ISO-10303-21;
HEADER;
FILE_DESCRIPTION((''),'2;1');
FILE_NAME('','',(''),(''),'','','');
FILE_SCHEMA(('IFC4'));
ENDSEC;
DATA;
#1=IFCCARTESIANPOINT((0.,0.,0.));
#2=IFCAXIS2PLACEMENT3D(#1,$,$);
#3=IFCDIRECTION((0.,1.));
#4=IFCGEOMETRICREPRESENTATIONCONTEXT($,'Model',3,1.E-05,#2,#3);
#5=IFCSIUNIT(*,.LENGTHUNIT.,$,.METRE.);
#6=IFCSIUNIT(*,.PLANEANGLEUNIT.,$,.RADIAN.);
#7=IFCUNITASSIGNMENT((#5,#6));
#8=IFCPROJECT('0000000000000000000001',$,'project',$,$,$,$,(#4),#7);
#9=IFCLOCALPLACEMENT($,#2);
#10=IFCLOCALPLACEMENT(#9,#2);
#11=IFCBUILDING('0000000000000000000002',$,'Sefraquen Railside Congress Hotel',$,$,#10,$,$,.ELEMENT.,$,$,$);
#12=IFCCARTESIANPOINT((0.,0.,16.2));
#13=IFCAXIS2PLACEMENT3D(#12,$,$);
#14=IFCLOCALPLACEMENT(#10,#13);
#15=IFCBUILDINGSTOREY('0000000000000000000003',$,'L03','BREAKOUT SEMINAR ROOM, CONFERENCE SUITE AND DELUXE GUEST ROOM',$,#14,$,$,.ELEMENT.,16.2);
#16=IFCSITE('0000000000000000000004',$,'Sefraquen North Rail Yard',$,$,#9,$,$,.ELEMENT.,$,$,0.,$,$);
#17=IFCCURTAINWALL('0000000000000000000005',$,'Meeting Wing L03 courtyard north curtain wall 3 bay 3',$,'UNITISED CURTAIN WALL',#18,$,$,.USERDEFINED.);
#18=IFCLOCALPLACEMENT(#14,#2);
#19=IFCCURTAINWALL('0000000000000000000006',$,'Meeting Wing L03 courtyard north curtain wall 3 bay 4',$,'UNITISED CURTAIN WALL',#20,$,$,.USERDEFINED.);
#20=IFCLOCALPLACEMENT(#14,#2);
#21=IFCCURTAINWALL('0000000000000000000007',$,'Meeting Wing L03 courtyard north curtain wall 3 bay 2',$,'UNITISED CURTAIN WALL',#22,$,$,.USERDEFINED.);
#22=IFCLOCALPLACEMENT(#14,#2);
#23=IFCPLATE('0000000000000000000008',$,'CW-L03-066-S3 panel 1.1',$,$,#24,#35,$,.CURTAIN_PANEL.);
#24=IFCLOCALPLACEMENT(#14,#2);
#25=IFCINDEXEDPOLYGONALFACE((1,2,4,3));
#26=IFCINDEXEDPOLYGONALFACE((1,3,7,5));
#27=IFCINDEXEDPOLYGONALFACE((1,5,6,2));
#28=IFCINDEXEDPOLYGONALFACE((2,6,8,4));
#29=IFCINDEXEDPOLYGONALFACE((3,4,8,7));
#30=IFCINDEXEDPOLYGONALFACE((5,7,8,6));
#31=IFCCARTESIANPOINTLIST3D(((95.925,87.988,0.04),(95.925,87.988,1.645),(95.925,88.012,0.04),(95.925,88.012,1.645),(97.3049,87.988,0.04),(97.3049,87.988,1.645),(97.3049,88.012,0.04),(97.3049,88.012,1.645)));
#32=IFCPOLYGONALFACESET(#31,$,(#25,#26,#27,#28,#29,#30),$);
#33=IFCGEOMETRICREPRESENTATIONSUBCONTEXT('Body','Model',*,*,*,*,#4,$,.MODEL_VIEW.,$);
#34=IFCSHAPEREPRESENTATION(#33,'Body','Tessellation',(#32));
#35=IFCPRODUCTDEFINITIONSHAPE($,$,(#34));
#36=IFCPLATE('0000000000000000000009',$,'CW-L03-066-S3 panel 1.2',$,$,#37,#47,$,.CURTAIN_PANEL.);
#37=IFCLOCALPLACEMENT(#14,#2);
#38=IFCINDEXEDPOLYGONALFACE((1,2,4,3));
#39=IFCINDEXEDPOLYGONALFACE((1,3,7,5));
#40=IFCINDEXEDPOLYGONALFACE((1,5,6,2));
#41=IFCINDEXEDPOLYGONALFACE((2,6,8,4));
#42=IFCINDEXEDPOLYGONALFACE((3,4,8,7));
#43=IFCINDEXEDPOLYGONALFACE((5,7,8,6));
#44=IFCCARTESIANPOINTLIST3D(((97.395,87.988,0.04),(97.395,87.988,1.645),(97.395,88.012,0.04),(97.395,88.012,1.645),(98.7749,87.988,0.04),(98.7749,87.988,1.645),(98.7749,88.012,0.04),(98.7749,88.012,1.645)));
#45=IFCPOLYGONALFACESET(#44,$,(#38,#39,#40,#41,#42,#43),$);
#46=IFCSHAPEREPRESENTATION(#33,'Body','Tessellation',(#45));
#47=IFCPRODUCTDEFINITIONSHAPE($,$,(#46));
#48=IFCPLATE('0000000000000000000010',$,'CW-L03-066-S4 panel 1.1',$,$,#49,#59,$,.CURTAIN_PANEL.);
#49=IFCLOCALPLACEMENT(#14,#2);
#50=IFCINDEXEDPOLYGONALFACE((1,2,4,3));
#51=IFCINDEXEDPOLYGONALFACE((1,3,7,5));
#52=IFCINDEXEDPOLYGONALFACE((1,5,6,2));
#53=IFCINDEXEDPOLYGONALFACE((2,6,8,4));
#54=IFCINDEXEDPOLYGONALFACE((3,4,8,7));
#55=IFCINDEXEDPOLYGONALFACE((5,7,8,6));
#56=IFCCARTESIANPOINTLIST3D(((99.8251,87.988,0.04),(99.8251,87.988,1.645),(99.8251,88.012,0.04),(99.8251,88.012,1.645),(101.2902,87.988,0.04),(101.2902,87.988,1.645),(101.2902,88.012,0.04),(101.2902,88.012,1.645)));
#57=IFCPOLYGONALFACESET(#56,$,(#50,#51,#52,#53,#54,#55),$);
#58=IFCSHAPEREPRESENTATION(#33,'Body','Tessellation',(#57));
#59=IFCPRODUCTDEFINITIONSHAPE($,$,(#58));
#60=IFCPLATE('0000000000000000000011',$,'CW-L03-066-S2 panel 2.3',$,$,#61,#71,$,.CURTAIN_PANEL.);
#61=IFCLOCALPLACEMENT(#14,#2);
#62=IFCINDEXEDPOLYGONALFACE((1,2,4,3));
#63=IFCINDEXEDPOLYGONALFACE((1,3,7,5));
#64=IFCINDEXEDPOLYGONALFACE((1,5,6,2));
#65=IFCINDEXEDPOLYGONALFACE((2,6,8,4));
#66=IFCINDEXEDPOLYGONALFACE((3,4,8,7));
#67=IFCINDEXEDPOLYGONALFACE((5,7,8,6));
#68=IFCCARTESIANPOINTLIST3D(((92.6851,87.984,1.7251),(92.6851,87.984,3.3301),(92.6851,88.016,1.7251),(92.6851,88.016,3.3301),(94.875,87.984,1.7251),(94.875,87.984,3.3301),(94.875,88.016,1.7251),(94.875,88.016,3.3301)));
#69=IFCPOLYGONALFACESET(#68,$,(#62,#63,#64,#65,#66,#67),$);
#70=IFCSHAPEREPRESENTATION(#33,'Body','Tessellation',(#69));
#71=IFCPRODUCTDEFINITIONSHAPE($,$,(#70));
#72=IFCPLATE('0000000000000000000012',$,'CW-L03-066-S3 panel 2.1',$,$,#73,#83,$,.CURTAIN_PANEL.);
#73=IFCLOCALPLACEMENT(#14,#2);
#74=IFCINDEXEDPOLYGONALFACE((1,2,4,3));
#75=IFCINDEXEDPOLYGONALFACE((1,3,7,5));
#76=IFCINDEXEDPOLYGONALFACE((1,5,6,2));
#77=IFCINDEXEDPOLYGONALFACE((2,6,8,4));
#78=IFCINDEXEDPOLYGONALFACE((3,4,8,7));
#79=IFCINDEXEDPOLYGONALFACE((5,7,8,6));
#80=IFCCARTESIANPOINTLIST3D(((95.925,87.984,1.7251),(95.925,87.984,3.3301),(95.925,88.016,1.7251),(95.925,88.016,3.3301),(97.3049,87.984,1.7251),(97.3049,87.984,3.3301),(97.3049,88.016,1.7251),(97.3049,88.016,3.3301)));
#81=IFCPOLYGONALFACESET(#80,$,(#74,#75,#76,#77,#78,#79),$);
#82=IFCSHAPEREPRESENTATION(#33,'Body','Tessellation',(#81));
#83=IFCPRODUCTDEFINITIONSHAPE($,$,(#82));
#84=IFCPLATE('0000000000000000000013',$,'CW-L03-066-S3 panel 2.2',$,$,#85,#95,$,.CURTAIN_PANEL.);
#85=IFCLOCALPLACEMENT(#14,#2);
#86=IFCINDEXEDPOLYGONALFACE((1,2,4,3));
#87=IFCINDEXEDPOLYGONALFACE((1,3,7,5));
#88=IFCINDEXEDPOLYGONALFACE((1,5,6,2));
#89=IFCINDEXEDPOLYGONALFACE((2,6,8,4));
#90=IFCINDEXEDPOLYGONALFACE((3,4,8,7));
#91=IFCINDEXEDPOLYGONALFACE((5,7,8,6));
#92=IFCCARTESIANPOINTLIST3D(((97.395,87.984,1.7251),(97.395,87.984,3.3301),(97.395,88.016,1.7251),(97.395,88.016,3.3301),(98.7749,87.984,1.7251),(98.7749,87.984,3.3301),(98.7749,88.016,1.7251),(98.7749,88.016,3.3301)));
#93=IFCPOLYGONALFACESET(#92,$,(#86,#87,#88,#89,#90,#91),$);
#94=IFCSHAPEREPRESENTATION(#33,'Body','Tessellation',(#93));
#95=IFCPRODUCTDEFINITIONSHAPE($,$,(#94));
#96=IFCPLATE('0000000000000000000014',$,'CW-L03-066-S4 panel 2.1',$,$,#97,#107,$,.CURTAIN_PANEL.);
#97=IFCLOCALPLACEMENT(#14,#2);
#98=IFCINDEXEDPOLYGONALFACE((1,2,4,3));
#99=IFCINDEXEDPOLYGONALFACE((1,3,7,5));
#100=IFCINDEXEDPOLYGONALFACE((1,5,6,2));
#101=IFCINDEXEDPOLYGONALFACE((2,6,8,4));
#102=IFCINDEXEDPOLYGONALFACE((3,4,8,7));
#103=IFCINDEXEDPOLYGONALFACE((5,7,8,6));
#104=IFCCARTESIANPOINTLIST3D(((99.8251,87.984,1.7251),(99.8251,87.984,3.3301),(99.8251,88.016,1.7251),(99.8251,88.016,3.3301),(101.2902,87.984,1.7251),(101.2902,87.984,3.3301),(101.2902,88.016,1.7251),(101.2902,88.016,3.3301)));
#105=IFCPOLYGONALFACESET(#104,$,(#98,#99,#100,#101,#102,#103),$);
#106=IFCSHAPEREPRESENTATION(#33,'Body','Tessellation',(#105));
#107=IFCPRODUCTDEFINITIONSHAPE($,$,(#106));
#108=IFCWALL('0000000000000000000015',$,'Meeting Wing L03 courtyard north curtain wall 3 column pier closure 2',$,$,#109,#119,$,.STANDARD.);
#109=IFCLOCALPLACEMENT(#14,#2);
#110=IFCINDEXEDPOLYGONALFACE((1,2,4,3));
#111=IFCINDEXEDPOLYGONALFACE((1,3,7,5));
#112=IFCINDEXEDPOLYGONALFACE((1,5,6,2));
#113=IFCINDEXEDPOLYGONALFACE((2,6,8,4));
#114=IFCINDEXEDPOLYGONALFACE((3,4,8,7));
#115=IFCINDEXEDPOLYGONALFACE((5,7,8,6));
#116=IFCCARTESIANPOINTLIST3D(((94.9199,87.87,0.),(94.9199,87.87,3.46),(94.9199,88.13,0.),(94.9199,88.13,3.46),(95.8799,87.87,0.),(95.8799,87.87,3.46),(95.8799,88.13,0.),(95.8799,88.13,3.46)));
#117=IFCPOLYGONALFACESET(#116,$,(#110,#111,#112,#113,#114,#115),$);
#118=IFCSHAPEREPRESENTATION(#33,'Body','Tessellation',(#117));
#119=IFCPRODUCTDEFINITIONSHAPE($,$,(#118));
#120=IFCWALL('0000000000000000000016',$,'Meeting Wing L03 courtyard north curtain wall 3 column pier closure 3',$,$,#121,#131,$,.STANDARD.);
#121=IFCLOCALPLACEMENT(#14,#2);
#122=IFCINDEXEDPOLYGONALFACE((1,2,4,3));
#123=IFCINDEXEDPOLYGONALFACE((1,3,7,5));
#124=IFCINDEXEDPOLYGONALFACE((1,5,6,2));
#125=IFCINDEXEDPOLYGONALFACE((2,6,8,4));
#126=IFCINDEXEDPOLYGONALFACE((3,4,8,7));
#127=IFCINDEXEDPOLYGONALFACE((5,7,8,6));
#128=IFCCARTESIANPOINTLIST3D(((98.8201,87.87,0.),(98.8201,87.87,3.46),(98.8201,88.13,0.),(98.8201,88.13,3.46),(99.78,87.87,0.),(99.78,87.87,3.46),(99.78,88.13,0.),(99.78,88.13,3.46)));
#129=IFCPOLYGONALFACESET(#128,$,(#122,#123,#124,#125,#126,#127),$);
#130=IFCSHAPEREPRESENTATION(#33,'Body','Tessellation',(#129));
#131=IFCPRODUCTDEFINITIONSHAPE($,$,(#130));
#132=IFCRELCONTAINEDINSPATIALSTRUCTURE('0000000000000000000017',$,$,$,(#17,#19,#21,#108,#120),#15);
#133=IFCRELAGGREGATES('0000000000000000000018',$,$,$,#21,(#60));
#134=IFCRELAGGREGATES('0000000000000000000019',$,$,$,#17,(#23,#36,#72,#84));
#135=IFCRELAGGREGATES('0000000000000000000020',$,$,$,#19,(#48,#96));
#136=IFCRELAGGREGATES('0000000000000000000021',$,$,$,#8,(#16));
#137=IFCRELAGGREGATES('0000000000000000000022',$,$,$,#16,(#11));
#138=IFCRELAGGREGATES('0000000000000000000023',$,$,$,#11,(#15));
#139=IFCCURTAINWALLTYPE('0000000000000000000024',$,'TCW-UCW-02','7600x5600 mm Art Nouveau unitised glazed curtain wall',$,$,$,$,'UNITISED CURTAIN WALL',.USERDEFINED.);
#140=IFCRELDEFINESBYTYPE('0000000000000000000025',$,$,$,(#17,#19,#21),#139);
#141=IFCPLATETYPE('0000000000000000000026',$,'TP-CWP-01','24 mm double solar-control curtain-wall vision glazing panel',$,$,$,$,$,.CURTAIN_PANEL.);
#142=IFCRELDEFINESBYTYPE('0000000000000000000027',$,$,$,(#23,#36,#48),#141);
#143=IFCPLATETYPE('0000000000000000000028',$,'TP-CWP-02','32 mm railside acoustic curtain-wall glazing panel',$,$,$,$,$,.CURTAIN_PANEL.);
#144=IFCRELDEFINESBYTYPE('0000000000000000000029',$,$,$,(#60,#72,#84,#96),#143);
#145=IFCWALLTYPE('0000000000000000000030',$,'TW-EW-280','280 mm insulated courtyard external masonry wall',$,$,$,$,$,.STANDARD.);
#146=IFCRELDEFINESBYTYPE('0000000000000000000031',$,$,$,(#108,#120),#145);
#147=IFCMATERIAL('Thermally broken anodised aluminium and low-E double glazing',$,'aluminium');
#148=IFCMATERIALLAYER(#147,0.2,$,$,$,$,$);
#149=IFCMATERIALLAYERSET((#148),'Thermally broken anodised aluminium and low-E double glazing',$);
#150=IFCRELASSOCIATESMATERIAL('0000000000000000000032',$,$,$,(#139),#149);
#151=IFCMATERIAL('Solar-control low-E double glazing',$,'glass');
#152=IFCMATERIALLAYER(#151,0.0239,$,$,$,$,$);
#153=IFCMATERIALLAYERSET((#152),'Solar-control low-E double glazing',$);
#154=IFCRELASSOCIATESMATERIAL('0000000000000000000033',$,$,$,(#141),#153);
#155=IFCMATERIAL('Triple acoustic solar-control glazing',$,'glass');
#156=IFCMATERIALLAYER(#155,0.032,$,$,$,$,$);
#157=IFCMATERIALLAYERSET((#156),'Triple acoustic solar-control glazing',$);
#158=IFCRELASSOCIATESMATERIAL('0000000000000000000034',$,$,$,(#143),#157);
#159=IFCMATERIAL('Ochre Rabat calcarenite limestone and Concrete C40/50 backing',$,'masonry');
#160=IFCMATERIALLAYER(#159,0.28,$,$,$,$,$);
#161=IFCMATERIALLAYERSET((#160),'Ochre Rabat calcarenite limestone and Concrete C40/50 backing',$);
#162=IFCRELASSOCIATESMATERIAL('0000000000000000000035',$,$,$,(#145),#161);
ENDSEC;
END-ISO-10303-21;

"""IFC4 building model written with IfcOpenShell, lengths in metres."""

from ifc_helpers import new_model, si_unit, direction, frame, frame_2d, origin, origin_2d, place, context, subcontext, project, spatial, rectangle, extrude, material, layer, layer_set, type_object, element, aggregate, save


model = new_model("IFC4")

# Units and contexts
model_context = context("Model", 3, precision=1e-05, world=origin(), true_north=direction((0.0, 1.0)))
body_context = subcontext(model_context, "Body", "Model", "MODEL_VIEW")
ifc_project = project(units=[si_unit("LENGTHUNIT", "METRE"), si_unit("PLANEANGLEUNIT", "RADIAN")], contexts=[model_context])

# Site, building, storey
site_placement = place(None, origin())
site = spatial("IfcSite", under=ifc_project, at=site_placement, Name="Sefraquen North Rail Yard", CompositionType="ELEMENT", RefElevation=0.0)
building_placement = place(site_placement, origin())
building = spatial("IfcBuilding", under=site, at=building_placement, Name="Sefraquen Railside Congress Hotel", CompositionType="ELEMENT")
storey_placement = place(building_placement, frame((0.0, 0.0, 16.2)))
storey = spatial("IfcBuildingStorey", under=building, at=storey_placement, Name="L03", Description="BREAKOUT SEMINAR ROOM, CONFERENCE SUITE AND DELUXE GUEST ROOM", CompositionType="ELEMENT", Elevation=16.2)

# Curtain walls
ifc_material_1 = material(Name="Thermally broken anodised aluminium and low-E double glazing", Category="aluminium")
ifc_layer_1 = layer(ifc_material_1, 0.2)
ifc_layer_set_1 = layer_set([ifc_layer_1], Name="Thermally broken anodised aluminium and low-E double glazing")
curtain_wall_type = type_object("IfcCurtainWallType", Name="TCW-UCW-02", Description="7600x5600 mm Art Nouveau unitised glazed curtain wall", ElementType="UNITISED CURTAIN WALL", PredefinedType="USERDEFINED", material=ifc_layer_set_1)
curtain_wall_1_placement = place(storey_placement, origin())
curtain_wall_1 = element("IfcCurtainWall", 1, at=curtain_wall_1_placement, inside=storey, type_object=curtain_wall_type, Name="Meeting Wing L03 courtyard north curtain wall 3 bay 3", ObjectType="UNITISED CURTAIN WALL", PredefinedType="USERDEFINED")
curtain_wall_2_placement = place(storey_placement, origin())
curtain_wall_2 = element("IfcCurtainWall", 2, at=curtain_wall_2_placement, inside=storey, type_object=curtain_wall_type, Name="Meeting Wing L03 courtyard north curtain wall 3 bay 4", ObjectType="UNITISED CURTAIN WALL", PredefinedType="USERDEFINED")
curtain_wall_3_placement = place(storey_placement, origin())
curtain_wall_3 = element("IfcCurtainWall", 3, at=curtain_wall_3_placement, inside=storey, type_object=curtain_wall_type, Name="Meeting Wing L03 courtyard north curtain wall 3 bay 2", ObjectType="UNITISED CURTAIN WALL", PredefinedType="USERDEFINED")

# Plates
ifc_material_2 = material(Name="Solar-control low-E double glazing", Category="glass")
ifc_layer_2 = layer(ifc_material_2, 0.0239)
ifc_layer_set_2 = layer_set([ifc_layer_2], Name="Solar-control low-E double glazing")
plate_type_1 = type_object("IfcPlateType", Name="TP-CWP-01", Description="24 mm double solar-control curtain-wall vision glazing panel", PredefinedType="CURTAIN_PANEL", material=ifc_layer_set_2)
plate_1_placement = place(storey_placement, frame((96.615, 88.0, 0.04), z_axis=(0.0, 0.0, 1.0), x_axis=(1.0, 0.0, 0.0)))
plate_1 = element("IfcPlate", 4, at=plate_1_placement, type_object=plate_type_1, Name="CW-L03-066-S3 panel 1.1", PredefinedType="CURTAIN_PANEL", context=body_context, shape_type="SweptSolid", body=[
    extrude(rectangle(XDim=1.3799, YDim=0.0239, at=origin_2d()), origin(), (0.0, 0.0, 1.0), 1.605),
])
plate_2_placement = place(storey_placement, frame((98.085, 88.0, 0.04), z_axis=(0.0, 0.0, 1.0), x_axis=(1.0, 0.0, 0.0)))
plate_2 = element("IfcPlate", 5, at=plate_2_placement, type_object=plate_type_1, Name="CW-L03-066-S3 panel 1.2", PredefinedType="CURTAIN_PANEL", context=body_context, shape_type="SweptSolid", body=[
    extrude(rectangle(XDim=1.3799, YDim=0.0239, at=origin_2d()), origin(), (0.0, 0.0, 1.0), 1.605),
])
plate_3_placement = place(storey_placement, frame((100.5576, 88.0, 0.04), z_axis=(0.0, 0.0, 1.0), x_axis=(1.0, 0.0, 0.0)))
plate_3 = element("IfcPlate", 6, at=plate_3_placement, type_object=plate_type_1, Name="CW-L03-066-S4 panel 1.1", PredefinedType="CURTAIN_PANEL", context=body_context, shape_type="SweptSolid", body=[
    extrude(rectangle(XDim=1.4651, YDim=0.0239, at=origin_2d()), origin(), (0.0, 0.0, 1.0), 1.605),
])
ifc_material_3 = material(Name="Triple acoustic solar-control glazing", Category="glass")
ifc_layer_3 = layer(ifc_material_3, 0.032)
ifc_layer_set_3 = layer_set([ifc_layer_3], Name="Triple acoustic solar-control glazing")
plate_type_2 = type_object("IfcPlateType", Name="TP-CWP-02", Description="32 mm railside acoustic curtain-wall glazing panel", PredefinedType="CURTAIN_PANEL", material=ifc_layer_set_3)
plate_4_placement = place(storey_placement, frame((93.78, 88.0, 1.7251), z_axis=(0.0, 0.0, 1.0), x_axis=(1.0, 0.0, 0.0)))
plate_4 = element("IfcPlate", 7, at=plate_4_placement, type_object=plate_type_2, Name="CW-L03-066-S2 panel 2.3", PredefinedType="CURTAIN_PANEL", context=body_context, shape_type="SweptSolid", body=[
    extrude(rectangle(XDim=2.1899, YDim=0.032, at=origin_2d()), origin(), (0.0, 0.0, 1.0), 1.605),
])
aggregate(curtain_wall_3, [plate_4])
plate_5_placement = place(storey_placement, frame((96.615, 88.0, 1.7251), z_axis=(0.0, 0.0, 1.0), x_axis=(1.0, 0.0, 0.0)))
plate_5 = element("IfcPlate", 8, at=plate_5_placement, type_object=plate_type_2, Name="CW-L03-066-S3 panel 2.1", PredefinedType="CURTAIN_PANEL", context=body_context, shape_type="SweptSolid", body=[
    extrude(rectangle(XDim=1.3799, YDim=0.032, at=origin_2d()), origin(), (0.0, 0.0, 1.0), 1.605),
])
plate_6_placement = place(storey_placement, frame((98.085, 88.0, 1.7251), z_axis=(0.0, 0.0, 1.0), x_axis=(1.0, 0.0, 0.0)))
plate_6 = element("IfcPlate", 9, at=plate_6_placement, type_object=plate_type_2, Name="CW-L03-066-S3 panel 2.2", PredefinedType="CURTAIN_PANEL", context=body_context, shape_type="SweptSolid", body=[
    extrude(rectangle(XDim=1.3799, YDim=0.032, at=origin_2d()), origin(), (0.0, 0.0, 1.0), 1.605),
])
aggregate(curtain_wall_1, [plate_1, plate_2, plate_5, plate_6])
plate_7_placement = place(storey_placement, frame((100.5576, 88.0, 1.7251), z_axis=(0.0, 0.0, 1.0), x_axis=(1.0, 0.0, 0.0)))
plate_7 = element("IfcPlate", 10, at=plate_7_placement, type_object=plate_type_2, Name="CW-L03-066-S4 panel 2.1", PredefinedType="CURTAIN_PANEL", context=body_context, shape_type="SweptSolid", body=[
    extrude(rectangle(XDim=1.4651, YDim=0.032, at=origin_2d()), origin(), (0.0, 0.0, 1.0), 1.605),
])
aggregate(curtain_wall_2, [plate_3, plate_7])

# Walls
ifc_material_4 = material(Name="Ochre Rabat calcarenite limestone and Concrete C40/50 backing", Category="masonry")
ifc_layer_4 = layer(ifc_material_4, 0.28)
ifc_layer_set_4 = layer_set([ifc_layer_4], Name="Ochre Rabat calcarenite limestone and Concrete C40/50 backing")
wall_type = type_object("IfcWallType", Name="TW-EW-280", Description="280 mm insulated courtyard external masonry wall", PredefinedType="STANDARD", material=ifc_layer_set_4)
for number, where, z_axis, x_axis, name in (
    (11, (94.9199, 88.0, 0.0), (0.0, 0.0, 1.0), (1.0, 0.0, 0.0), "Meeting Wing L03 courtyard north curtain wall 3 column pier closure 2"),
    (12, (98.8201, 88.0, 0.0), (0.0, 0.0, 1.0), (1.0, 0.0, 0.0), "Meeting Wing L03 courtyard north curtain wall 3 column pier closure 3"),
):
    element("IfcWall", number, at=place(storey_placement, frame(where, z_axis=z_axis, x_axis=x_axis)), inside=storey, type_object=wall_type, Name=name, PredefinedType="STANDARD", context=body_context, shape_type="SweptSolid", body=[
        extrude(rectangle(XDim=0.96, YDim=0.26, at=frame_2d((0.48, 0.0))), origin(), (0.0, 0.0, 1.0), 3.46),
    ])

save(model, "model.ifc")
